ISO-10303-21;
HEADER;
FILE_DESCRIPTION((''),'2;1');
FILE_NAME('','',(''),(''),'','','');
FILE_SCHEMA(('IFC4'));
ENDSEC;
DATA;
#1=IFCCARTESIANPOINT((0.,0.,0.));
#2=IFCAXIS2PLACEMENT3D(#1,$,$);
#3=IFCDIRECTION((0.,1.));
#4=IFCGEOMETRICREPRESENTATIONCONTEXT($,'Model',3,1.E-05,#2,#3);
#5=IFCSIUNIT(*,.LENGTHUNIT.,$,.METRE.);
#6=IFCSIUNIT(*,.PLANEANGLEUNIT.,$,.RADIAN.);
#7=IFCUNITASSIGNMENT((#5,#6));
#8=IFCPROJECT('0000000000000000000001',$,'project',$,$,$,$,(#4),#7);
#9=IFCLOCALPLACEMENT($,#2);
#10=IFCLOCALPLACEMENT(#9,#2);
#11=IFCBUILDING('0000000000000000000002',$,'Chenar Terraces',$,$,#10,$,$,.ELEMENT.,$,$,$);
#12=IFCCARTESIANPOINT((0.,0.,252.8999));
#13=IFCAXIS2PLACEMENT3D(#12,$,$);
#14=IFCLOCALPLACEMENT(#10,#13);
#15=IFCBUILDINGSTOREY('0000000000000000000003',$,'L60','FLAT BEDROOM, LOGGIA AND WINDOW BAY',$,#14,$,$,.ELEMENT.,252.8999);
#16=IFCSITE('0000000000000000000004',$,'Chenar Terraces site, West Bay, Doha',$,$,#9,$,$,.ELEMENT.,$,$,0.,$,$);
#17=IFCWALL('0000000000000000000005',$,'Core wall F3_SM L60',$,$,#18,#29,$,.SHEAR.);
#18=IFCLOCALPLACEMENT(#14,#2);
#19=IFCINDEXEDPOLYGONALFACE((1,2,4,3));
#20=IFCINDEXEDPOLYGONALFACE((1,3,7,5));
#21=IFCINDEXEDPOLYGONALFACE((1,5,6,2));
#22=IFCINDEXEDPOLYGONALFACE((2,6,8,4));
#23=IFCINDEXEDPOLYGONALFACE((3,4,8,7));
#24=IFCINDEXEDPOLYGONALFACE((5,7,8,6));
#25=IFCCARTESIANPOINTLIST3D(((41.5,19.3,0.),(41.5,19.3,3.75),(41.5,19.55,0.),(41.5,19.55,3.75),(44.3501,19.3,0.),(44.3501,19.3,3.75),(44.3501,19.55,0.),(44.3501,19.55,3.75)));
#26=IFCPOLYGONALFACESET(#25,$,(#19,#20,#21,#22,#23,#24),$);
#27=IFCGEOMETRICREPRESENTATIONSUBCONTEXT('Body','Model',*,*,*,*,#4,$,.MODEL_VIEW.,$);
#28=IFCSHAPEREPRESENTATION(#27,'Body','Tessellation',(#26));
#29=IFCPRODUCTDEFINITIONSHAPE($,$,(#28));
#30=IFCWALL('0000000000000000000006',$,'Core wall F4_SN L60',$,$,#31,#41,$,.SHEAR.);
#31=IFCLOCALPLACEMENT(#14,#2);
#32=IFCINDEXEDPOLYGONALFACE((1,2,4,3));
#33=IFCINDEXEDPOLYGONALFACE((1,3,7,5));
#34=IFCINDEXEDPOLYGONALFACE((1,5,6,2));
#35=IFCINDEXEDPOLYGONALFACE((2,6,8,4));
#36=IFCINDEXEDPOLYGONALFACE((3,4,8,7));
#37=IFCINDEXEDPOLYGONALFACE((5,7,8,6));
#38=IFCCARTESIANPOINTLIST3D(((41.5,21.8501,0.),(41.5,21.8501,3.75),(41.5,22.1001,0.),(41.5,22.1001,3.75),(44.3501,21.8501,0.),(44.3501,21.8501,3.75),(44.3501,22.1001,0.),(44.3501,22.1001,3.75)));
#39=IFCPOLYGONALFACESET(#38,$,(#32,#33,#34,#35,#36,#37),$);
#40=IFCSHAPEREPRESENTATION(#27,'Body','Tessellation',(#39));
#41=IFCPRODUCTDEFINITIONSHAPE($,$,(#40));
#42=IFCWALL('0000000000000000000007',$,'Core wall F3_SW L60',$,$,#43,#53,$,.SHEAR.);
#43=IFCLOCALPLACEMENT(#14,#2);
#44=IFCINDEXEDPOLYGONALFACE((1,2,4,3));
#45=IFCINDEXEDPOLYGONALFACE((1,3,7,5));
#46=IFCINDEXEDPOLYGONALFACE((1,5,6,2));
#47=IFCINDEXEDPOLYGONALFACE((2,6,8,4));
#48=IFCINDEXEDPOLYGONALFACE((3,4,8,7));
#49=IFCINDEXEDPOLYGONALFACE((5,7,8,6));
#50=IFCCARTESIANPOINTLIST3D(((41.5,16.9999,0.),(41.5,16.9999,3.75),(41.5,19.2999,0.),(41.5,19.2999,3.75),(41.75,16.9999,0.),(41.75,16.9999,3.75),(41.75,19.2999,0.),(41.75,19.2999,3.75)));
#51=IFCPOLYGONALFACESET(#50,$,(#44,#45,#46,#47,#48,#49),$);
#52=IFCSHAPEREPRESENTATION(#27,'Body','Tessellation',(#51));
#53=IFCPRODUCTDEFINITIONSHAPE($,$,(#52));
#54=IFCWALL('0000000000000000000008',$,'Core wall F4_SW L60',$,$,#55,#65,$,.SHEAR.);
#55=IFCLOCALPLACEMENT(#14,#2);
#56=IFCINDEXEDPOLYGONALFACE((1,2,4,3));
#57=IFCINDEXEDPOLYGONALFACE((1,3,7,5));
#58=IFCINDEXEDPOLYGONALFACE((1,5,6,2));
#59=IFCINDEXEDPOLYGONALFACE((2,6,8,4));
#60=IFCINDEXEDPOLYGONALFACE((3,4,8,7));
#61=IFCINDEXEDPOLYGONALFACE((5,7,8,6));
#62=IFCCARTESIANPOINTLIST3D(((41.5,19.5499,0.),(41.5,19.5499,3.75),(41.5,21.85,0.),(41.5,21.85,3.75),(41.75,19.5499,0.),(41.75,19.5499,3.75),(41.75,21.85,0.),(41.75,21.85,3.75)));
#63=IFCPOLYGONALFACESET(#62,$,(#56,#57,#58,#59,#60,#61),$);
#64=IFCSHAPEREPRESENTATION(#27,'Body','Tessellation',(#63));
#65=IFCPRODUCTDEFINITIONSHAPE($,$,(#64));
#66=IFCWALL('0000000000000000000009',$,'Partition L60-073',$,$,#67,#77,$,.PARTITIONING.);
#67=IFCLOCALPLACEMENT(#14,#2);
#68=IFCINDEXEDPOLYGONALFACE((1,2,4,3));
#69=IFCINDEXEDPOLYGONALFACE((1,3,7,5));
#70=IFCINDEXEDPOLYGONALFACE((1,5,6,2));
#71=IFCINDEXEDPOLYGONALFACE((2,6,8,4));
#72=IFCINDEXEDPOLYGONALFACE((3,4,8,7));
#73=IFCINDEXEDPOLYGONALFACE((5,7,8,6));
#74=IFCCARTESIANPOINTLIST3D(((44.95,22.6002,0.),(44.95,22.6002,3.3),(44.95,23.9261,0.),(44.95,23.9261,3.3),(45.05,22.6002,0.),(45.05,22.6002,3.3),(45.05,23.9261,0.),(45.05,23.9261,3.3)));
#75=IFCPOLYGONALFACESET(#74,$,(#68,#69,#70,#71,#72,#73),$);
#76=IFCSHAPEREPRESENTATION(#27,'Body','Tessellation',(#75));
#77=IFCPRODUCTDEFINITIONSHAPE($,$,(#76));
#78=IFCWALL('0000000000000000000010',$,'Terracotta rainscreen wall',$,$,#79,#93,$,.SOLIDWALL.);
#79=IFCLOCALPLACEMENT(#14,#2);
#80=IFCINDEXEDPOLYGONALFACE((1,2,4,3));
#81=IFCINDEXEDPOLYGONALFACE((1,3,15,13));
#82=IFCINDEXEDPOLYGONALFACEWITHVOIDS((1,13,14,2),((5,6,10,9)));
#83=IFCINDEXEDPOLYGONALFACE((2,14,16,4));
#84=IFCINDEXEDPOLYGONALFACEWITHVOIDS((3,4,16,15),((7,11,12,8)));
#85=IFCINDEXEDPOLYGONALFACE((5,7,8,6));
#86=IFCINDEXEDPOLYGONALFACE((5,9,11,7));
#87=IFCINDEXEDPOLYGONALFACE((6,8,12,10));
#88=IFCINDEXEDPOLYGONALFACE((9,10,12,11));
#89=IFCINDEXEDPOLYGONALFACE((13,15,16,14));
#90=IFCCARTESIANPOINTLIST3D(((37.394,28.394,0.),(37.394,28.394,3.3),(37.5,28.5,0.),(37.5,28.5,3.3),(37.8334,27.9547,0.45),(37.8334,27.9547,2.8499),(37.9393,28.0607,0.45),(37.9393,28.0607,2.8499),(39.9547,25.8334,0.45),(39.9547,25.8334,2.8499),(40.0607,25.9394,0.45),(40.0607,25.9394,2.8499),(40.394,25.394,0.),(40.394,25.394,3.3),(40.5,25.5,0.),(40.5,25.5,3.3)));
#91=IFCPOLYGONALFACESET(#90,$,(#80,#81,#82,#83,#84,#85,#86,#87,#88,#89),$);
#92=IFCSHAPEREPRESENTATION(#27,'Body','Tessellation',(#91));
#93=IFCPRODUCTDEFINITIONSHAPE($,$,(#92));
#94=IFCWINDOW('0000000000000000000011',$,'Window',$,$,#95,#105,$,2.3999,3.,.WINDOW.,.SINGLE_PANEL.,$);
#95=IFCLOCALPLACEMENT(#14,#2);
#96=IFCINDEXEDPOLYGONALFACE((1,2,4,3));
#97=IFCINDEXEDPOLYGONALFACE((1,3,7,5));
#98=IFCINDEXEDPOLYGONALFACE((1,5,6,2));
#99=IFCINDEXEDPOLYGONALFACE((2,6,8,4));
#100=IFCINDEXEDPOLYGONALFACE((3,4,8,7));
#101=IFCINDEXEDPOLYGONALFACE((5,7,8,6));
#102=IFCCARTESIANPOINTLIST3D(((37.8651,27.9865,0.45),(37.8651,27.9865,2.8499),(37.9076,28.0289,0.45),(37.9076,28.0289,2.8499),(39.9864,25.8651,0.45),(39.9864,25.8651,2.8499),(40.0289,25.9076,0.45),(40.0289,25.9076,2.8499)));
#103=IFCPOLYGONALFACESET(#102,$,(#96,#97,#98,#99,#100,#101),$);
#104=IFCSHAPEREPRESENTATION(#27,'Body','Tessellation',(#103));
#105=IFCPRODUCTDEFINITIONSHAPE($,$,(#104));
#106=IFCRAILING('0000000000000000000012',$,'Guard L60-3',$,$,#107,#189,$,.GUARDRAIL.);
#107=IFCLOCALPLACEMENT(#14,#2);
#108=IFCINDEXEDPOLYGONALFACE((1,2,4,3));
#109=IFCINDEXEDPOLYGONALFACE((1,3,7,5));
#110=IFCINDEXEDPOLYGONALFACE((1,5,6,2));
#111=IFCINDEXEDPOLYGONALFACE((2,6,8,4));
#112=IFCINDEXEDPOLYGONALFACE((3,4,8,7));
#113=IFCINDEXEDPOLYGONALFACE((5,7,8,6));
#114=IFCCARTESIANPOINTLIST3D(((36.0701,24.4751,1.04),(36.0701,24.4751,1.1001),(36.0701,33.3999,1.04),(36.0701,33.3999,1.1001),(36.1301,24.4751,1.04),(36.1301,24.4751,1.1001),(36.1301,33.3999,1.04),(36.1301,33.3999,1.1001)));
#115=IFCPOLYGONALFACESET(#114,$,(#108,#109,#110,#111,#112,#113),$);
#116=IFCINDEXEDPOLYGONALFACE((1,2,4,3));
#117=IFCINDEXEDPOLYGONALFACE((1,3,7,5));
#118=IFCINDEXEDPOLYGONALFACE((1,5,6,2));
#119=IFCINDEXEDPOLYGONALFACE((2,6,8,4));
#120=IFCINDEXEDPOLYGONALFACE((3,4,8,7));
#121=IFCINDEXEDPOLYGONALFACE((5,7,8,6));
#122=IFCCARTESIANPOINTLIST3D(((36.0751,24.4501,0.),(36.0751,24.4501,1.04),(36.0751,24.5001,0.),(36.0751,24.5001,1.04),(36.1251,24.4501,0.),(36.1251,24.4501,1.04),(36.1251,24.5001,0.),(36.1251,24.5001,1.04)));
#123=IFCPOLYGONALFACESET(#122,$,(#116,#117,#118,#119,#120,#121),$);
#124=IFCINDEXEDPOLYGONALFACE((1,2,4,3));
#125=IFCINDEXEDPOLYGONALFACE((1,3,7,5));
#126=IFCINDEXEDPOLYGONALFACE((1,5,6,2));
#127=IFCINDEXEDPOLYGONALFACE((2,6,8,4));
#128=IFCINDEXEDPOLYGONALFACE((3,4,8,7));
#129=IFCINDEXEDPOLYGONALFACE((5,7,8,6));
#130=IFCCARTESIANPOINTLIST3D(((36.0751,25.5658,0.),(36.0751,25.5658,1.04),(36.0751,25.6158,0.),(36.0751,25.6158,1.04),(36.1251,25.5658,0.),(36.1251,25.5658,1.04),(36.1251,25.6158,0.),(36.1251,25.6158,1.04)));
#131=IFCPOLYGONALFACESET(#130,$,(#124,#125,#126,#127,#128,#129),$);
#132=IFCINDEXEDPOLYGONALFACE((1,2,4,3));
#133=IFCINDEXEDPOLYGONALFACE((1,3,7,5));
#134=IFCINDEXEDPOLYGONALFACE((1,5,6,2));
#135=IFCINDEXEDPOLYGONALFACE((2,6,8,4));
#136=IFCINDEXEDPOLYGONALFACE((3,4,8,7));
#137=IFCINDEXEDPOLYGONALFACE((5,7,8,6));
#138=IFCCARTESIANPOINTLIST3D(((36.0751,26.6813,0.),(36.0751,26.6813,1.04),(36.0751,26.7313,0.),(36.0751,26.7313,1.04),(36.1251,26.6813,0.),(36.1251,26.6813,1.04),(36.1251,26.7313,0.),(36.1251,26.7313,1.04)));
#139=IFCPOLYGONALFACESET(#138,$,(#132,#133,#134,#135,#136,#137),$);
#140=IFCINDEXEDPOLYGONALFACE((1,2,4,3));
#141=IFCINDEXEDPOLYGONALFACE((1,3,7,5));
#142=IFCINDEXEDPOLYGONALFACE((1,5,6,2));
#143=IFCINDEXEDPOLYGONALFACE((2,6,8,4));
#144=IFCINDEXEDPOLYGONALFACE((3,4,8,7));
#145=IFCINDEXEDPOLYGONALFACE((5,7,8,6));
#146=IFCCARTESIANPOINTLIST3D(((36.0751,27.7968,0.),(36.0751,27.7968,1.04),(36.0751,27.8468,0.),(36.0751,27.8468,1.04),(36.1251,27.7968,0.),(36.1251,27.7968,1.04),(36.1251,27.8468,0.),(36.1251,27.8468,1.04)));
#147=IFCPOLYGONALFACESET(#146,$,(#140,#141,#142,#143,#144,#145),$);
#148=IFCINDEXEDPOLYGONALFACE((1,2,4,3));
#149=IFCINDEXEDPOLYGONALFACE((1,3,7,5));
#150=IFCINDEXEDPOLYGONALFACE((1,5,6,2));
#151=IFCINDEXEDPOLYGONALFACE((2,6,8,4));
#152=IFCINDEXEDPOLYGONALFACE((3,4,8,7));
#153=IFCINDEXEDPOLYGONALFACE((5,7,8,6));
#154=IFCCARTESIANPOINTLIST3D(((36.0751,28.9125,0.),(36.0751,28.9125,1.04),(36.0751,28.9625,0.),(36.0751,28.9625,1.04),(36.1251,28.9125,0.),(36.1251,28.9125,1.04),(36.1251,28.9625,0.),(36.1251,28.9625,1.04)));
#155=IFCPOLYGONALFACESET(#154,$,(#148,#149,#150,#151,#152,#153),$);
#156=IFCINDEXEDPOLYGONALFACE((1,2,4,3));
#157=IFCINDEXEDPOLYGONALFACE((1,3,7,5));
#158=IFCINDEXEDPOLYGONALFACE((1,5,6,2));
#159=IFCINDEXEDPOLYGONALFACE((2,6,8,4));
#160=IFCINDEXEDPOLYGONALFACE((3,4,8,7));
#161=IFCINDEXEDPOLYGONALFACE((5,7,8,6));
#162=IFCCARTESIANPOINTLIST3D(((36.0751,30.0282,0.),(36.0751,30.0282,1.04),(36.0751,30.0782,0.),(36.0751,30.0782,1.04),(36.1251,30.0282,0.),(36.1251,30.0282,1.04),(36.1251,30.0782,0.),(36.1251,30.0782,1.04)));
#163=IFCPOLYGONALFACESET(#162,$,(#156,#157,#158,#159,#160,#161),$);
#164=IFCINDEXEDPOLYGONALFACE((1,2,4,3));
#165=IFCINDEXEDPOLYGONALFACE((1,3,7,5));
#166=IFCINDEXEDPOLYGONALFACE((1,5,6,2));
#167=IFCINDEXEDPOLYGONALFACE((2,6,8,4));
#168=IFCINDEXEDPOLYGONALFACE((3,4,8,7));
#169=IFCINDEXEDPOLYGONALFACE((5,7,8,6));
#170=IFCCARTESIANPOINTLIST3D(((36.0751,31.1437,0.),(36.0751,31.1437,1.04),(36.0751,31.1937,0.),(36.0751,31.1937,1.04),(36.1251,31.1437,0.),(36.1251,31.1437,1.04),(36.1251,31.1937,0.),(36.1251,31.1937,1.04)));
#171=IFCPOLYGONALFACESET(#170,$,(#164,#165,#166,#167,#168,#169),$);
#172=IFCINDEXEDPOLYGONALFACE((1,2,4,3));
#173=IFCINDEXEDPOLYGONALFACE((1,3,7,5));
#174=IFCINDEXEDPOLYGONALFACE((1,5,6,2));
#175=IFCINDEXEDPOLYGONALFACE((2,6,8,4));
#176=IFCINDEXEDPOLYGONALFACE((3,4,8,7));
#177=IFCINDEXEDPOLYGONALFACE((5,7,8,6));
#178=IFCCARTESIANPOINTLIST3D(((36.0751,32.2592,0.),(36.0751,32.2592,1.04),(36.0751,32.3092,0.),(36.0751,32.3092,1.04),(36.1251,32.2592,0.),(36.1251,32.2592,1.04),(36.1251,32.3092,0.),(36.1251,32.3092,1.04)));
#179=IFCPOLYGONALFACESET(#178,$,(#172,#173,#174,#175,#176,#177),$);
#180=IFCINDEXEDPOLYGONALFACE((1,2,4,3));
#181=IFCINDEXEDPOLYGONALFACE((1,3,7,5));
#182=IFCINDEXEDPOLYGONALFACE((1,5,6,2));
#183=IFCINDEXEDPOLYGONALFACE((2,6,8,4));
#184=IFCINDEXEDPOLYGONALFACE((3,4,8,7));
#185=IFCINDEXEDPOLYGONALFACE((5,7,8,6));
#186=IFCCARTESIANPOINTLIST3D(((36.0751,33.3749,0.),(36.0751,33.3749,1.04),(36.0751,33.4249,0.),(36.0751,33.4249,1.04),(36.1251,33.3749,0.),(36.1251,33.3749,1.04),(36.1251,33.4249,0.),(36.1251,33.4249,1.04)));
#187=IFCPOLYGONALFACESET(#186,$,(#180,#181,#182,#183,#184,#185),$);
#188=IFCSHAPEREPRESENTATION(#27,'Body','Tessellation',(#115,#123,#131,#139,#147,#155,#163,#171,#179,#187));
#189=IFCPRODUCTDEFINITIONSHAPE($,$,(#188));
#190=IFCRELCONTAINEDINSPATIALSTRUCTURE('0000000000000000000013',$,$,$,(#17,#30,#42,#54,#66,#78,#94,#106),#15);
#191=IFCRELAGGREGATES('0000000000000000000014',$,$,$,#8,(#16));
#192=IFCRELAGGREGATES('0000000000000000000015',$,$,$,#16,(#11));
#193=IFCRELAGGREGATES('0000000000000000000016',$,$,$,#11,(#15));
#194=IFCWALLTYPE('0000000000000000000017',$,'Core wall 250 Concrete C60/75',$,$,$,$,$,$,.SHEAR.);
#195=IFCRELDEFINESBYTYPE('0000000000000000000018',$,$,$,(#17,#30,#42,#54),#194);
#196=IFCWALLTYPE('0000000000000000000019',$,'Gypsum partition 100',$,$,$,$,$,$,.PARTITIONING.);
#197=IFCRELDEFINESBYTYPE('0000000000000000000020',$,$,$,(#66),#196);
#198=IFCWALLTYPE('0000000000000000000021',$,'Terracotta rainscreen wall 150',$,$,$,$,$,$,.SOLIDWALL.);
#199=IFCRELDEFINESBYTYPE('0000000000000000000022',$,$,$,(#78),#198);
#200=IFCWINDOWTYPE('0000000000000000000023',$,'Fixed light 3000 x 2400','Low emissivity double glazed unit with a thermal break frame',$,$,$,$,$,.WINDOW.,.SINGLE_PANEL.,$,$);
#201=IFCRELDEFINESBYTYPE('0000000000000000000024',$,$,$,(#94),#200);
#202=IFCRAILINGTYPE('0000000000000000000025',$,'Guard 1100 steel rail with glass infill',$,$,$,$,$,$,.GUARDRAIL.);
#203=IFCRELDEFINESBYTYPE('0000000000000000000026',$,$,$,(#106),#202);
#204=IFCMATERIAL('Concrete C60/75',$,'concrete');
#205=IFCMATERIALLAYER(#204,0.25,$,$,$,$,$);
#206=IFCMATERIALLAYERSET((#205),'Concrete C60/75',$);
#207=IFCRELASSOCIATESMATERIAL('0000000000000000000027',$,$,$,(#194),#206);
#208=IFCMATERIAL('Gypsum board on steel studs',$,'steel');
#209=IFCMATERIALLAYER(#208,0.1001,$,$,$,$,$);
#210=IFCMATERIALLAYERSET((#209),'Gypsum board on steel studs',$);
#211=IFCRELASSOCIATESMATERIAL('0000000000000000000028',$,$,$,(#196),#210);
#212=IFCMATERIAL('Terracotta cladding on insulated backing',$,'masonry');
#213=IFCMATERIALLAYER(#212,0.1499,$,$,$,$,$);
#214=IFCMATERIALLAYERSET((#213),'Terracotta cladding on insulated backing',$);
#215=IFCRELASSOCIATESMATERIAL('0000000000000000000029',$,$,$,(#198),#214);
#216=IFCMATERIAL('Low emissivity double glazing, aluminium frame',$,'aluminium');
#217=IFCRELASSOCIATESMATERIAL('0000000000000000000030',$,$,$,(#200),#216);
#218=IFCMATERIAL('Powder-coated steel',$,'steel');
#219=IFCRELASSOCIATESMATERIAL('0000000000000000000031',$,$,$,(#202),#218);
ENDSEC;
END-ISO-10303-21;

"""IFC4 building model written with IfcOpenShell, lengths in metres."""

from ifc_helpers import new_model, si_unit, direction, frame, frame_2d, origin, origin_2d, place, context, subcontext, project, spatial, rectangle, extrude, material, layer, layer_set, type_object, element, fill, save


model = new_model("IFC4")

# Units and contexts
model_context = context("Model", 3, precision=1e-05, world=origin(), true_north=direction((0.0, 1.0)))
body_context = subcontext(model_context, "Body", "Model", "MODEL_VIEW")
ifc_project = project(units=[si_unit("LENGTHUNIT", "METRE"), si_unit("PLANEANGLEUNIT", "RADIAN")], contexts=[model_context])

# Site, building, storey
site_placement = place(None, origin())
site = spatial("IfcSite", under=ifc_project, at=site_placement, Name="Chenar Terraces site, West Bay, Doha", CompositionType="ELEMENT", RefElevation=0.0)
building_placement = place(site_placement, origin())
building = spatial("IfcBuilding", under=site, at=building_placement, Name="Chenar Terraces", CompositionType="ELEMENT")
storey_placement = place(building_placement, frame((0.0, 0.0, 252.8999)))
storey = spatial("IfcBuildingStorey", under=building, at=storey_placement, Name="L60", Description="FLAT BEDROOM, LOGGIA AND WINDOW BAY", CompositionType="ELEMENT", Elevation=252.8999)

# Shared definitions
ifc_material_1 = material(Name="Concrete C60/75", Category="concrete")
ifc_layer_1 = layer(ifc_material_1, 0.25)
ifc_layer_set_1 = layer_set([ifc_layer_1], Name="Concrete C60/75")
wall_type_1 = type_object("IfcWallType", Name="Core wall 250 Concrete C60/75", PredefinedType="SHEAR", material=ifc_layer_set_1)

# Walls
for number, where, z_axis, x_axis, name in (
    (1, (41.5, 19.425, 0.0), (0.0, 0.0, 1.0), (1.0, 0.0, 0.0), "Core wall F3_SM L60"),
    (2, (41.5, 21.9751, 0.0), (0.0, 0.0, 1.0), (1.0, 0.0, 0.0), "Core wall F4_SN L60"),
):
    element("IfcWall", number, at=place(storey_placement, frame(where, z_axis=z_axis, x_axis=x_axis)), inside=storey, type_object=wall_type_1, Name=name, PredefinedType="SHEAR", context=body_context, shape_type="SweptSolid", body=[
        extrude(rectangle(XDim=2.8501, YDim=0.25, at=frame_2d((1.425, 0.0))), origin(), (0.0, 0.0, 1.0), 3.75),
    ])
for number, where, z_axis, x_axis, name in (
    (3, (41.625, 17.0, 0.0), (0.0, 0.0, 1.0), (0.0, 1.0, 0.0), "Core wall F3_SW L60"),
    (4, (41.625, 19.55, 0.0), (0.0, 0.0, 1.0), (0.0, 1.0, 0.0), "Core wall F4_SW L60"),
):
    element("IfcWall", number, at=place(storey_placement, frame(where, z_axis=z_axis, x_axis=x_axis)), inside=storey, type_object=wall_type_1, Name=name, PredefinedType="SHEAR", context=body_context, shape_type="SweptSolid", body=[
        extrude(rectangle(XDim=2.3, YDim=0.25, at=frame_2d((1.1499, 0.0))), origin(), (0.0, 0.0, 1.0), 3.75),
    ])
ifc_material_2 = material(Name="Gypsum board on steel studs", Category="steel")
ifc_layer_2 = layer(ifc_material_2, 0.1001)
ifc_layer_set_2 = layer_set([ifc_layer_2], Name="Gypsum board on steel studs")
wall_type_2 = type_object("IfcWallType", Name="Gypsum partition 100", PredefinedType="PARTITIONING", material=ifc_layer_set_2)
wall_1_placement = place(storey_placement, frame((45.0, 22.6001, 0.0), z_axis=(0.0, 0.0, 1.0), x_axis=(0.0, 1.0, 0.0)))
element("IfcWall", 5, at=wall_1_placement, inside=storey, type_object=wall_type_2, Name="Partition L60-073", PredefinedType="PARTITIONING", context=body_context, shape_type="SweptSolid", body=[
    extrude(rectangle(XDim=1.3259, YDim=0.1001, at=frame_2d((0.6631, 0.0))), origin(), (0.0, 0.0, 1.0), 3.3),
])

# Wall, opening, window
ifc_material_3 = material(Name="Terracotta cladding on insulated backing", Category="masonry")
ifc_layer_3 = layer(ifc_material_3, 0.1499)
ifc_layer_set_3 = layer_set([ifc_layer_3], Name="Terracotta cladding on insulated backing")
wall_type_3 = type_object("IfcWallType", Name="Terracotta rainscreen wall 150", PredefinedType="SOLIDWALL", material=ifc_layer_set_3)
wall_2_placement = place(storey_placement, frame((40.447, 25.447, 0.0), z_axis=(0.0, 0.0, 1.0), x_axis=(-0.707107, 0.707107, 0.0)))
wall_2 = element("IfcWall", 6, at=wall_2_placement, inside=storey, type_object=wall_type_3, Name="Terracotta rainscreen wall", PredefinedType="SOLIDWALL", context=body_context, shape_type="SweptSolid", body=[
    extrude(rectangle(XDim=4.2427, YDim=0.1499, at=frame_2d((2.1213, 0.0))), origin(), (0.0, 0.0, 1.0), 3.3),
])
opening_1_placement = place(wall_2_placement, frame((0.6213, 0.0, 0.45)))
opening_1 = element("IfcOpeningElement", 7, at=opening_1_placement, cuts=wall_2, PredefinedType="OPENING", context=body_context, shape_type="SweptSolid", body=[
    extrude(rectangle(XDim=3.0, YDim=2.3999, at=frame_2d((1.5, 1.2))), frame((0.0, 0.085, 0.0), z_axis=(0.0, -1.0, 0.0), x_axis=(1.0, 0.0, 0.0)), (0.0, 0.0, 1.0), 0.1699),
])
ifc_material_4 = material(Name="Low emissivity double glazing, aluminium frame", Category="aluminium")
window_type = type_object("IfcWindowType", Name="Fixed light 3000 x 2400", Description="Low emissivity double glazed unit with a thermal break frame", PartitioningType="SINGLE_PANEL", PredefinedType="WINDOW", material=ifc_material_4)
window_placement = place(opening_1_placement, origin())
window = element("IfcWindow", 8, at=window_placement, inside=storey, type_object=window_type, Name="Window", OverallHeight=2.3999, OverallWidth=3.0, PartitioningType="SINGLE_PANEL", PredefinedType="WINDOW", context=body_context, shape_type="SweptSolid", body=[
    extrude(rectangle(XDim=3.0, YDim=2.3999, at=frame_2d((1.5, 1.2))), frame((0.0, 0.03, 0.0), z_axis=(0.0, -1.0, 0.0), x_axis=(1.0, 0.0, 0.0)), (0.0, 0.0, 1.0), 0.0601),
])
fill(opening_1, window)

# Railing
ifc_material_5 = material(Name="Powder-coated steel", Category="steel")
railing_type = type_object("IfcRailingType", Name="Guard 1100 steel rail with glass infill", PredefinedType="GUARDRAIL", material=ifc_material_5)
railing_placement = place(storey_placement, frame((36.1001, 24.4751, 0.0)))
element("IfcRailing", 9, at=railing_placement, inside=storey, type_object=railing_type, Name="Guard L60-3", PredefinedType="GUARDRAIL", context=body_context, shape_type="SweptSolid", body=[
    extrude(rectangle(XDim=0.0601, YDim=0.0601, at=origin_2d()), frame((0.0, 0.0, 1.0701), z_axis=(0.0, 1.0, 0.0), x_axis=(-1.0, 0.0, 0.0)), (0.0, 0.0, 1.0), 8.9248),
    extrude(rectangle(XDim=0.05, YDim=0.05, at=origin_2d()), origin(), (0.0, 0.0, 1.0), 1.04),
    extrude(rectangle(XDim=0.05, YDim=0.05, at=origin_2d()), frame((0.0, 1.1157, 0.0)), (0.0, 0.0, 1.0), 1.04),
    extrude(rectangle(XDim=0.05, YDim=0.05, at=origin_2d()), frame((0.0, 2.2312, 0.0)), (0.0, 0.0, 1.0), 1.04),
    extrude(rectangle(XDim=0.05, YDim=0.05, at=origin_2d()), frame((0.0, 3.3467, 0.0)), (0.0, 0.0, 1.0), 1.04),
    extrude(rectangle(XDim=0.05, YDim=0.05, at=origin_2d()), frame((0.0, 4.4624, 0.0)), (0.0, 0.0, 1.0), 1.04),
    extrude(rectangle(XDim=0.05, YDim=0.05, at=origin_2d()), frame((0.0, 5.5781, 0.0)), (0.0, 0.0, 1.0), 1.04),
    extrude(rectangle(XDim=0.05, YDim=0.05, at=origin_2d()), frame((0.0, 6.6936, 0.0)), (0.0, 0.0, 1.0), 1.04),
    extrude(rectangle(XDim=0.05, YDim=0.05, at=origin_2d()), frame((0.0, 7.8091, 0.0)), (0.0, 0.0, 1.0), 1.04),
    extrude(rectangle(XDim=0.05, YDim=0.05, at=origin_2d()), frame((0.0, 8.9248, 0.0)), (0.0, 0.0, 1.0), 1.04),
])

save(model, "model.ifc")
